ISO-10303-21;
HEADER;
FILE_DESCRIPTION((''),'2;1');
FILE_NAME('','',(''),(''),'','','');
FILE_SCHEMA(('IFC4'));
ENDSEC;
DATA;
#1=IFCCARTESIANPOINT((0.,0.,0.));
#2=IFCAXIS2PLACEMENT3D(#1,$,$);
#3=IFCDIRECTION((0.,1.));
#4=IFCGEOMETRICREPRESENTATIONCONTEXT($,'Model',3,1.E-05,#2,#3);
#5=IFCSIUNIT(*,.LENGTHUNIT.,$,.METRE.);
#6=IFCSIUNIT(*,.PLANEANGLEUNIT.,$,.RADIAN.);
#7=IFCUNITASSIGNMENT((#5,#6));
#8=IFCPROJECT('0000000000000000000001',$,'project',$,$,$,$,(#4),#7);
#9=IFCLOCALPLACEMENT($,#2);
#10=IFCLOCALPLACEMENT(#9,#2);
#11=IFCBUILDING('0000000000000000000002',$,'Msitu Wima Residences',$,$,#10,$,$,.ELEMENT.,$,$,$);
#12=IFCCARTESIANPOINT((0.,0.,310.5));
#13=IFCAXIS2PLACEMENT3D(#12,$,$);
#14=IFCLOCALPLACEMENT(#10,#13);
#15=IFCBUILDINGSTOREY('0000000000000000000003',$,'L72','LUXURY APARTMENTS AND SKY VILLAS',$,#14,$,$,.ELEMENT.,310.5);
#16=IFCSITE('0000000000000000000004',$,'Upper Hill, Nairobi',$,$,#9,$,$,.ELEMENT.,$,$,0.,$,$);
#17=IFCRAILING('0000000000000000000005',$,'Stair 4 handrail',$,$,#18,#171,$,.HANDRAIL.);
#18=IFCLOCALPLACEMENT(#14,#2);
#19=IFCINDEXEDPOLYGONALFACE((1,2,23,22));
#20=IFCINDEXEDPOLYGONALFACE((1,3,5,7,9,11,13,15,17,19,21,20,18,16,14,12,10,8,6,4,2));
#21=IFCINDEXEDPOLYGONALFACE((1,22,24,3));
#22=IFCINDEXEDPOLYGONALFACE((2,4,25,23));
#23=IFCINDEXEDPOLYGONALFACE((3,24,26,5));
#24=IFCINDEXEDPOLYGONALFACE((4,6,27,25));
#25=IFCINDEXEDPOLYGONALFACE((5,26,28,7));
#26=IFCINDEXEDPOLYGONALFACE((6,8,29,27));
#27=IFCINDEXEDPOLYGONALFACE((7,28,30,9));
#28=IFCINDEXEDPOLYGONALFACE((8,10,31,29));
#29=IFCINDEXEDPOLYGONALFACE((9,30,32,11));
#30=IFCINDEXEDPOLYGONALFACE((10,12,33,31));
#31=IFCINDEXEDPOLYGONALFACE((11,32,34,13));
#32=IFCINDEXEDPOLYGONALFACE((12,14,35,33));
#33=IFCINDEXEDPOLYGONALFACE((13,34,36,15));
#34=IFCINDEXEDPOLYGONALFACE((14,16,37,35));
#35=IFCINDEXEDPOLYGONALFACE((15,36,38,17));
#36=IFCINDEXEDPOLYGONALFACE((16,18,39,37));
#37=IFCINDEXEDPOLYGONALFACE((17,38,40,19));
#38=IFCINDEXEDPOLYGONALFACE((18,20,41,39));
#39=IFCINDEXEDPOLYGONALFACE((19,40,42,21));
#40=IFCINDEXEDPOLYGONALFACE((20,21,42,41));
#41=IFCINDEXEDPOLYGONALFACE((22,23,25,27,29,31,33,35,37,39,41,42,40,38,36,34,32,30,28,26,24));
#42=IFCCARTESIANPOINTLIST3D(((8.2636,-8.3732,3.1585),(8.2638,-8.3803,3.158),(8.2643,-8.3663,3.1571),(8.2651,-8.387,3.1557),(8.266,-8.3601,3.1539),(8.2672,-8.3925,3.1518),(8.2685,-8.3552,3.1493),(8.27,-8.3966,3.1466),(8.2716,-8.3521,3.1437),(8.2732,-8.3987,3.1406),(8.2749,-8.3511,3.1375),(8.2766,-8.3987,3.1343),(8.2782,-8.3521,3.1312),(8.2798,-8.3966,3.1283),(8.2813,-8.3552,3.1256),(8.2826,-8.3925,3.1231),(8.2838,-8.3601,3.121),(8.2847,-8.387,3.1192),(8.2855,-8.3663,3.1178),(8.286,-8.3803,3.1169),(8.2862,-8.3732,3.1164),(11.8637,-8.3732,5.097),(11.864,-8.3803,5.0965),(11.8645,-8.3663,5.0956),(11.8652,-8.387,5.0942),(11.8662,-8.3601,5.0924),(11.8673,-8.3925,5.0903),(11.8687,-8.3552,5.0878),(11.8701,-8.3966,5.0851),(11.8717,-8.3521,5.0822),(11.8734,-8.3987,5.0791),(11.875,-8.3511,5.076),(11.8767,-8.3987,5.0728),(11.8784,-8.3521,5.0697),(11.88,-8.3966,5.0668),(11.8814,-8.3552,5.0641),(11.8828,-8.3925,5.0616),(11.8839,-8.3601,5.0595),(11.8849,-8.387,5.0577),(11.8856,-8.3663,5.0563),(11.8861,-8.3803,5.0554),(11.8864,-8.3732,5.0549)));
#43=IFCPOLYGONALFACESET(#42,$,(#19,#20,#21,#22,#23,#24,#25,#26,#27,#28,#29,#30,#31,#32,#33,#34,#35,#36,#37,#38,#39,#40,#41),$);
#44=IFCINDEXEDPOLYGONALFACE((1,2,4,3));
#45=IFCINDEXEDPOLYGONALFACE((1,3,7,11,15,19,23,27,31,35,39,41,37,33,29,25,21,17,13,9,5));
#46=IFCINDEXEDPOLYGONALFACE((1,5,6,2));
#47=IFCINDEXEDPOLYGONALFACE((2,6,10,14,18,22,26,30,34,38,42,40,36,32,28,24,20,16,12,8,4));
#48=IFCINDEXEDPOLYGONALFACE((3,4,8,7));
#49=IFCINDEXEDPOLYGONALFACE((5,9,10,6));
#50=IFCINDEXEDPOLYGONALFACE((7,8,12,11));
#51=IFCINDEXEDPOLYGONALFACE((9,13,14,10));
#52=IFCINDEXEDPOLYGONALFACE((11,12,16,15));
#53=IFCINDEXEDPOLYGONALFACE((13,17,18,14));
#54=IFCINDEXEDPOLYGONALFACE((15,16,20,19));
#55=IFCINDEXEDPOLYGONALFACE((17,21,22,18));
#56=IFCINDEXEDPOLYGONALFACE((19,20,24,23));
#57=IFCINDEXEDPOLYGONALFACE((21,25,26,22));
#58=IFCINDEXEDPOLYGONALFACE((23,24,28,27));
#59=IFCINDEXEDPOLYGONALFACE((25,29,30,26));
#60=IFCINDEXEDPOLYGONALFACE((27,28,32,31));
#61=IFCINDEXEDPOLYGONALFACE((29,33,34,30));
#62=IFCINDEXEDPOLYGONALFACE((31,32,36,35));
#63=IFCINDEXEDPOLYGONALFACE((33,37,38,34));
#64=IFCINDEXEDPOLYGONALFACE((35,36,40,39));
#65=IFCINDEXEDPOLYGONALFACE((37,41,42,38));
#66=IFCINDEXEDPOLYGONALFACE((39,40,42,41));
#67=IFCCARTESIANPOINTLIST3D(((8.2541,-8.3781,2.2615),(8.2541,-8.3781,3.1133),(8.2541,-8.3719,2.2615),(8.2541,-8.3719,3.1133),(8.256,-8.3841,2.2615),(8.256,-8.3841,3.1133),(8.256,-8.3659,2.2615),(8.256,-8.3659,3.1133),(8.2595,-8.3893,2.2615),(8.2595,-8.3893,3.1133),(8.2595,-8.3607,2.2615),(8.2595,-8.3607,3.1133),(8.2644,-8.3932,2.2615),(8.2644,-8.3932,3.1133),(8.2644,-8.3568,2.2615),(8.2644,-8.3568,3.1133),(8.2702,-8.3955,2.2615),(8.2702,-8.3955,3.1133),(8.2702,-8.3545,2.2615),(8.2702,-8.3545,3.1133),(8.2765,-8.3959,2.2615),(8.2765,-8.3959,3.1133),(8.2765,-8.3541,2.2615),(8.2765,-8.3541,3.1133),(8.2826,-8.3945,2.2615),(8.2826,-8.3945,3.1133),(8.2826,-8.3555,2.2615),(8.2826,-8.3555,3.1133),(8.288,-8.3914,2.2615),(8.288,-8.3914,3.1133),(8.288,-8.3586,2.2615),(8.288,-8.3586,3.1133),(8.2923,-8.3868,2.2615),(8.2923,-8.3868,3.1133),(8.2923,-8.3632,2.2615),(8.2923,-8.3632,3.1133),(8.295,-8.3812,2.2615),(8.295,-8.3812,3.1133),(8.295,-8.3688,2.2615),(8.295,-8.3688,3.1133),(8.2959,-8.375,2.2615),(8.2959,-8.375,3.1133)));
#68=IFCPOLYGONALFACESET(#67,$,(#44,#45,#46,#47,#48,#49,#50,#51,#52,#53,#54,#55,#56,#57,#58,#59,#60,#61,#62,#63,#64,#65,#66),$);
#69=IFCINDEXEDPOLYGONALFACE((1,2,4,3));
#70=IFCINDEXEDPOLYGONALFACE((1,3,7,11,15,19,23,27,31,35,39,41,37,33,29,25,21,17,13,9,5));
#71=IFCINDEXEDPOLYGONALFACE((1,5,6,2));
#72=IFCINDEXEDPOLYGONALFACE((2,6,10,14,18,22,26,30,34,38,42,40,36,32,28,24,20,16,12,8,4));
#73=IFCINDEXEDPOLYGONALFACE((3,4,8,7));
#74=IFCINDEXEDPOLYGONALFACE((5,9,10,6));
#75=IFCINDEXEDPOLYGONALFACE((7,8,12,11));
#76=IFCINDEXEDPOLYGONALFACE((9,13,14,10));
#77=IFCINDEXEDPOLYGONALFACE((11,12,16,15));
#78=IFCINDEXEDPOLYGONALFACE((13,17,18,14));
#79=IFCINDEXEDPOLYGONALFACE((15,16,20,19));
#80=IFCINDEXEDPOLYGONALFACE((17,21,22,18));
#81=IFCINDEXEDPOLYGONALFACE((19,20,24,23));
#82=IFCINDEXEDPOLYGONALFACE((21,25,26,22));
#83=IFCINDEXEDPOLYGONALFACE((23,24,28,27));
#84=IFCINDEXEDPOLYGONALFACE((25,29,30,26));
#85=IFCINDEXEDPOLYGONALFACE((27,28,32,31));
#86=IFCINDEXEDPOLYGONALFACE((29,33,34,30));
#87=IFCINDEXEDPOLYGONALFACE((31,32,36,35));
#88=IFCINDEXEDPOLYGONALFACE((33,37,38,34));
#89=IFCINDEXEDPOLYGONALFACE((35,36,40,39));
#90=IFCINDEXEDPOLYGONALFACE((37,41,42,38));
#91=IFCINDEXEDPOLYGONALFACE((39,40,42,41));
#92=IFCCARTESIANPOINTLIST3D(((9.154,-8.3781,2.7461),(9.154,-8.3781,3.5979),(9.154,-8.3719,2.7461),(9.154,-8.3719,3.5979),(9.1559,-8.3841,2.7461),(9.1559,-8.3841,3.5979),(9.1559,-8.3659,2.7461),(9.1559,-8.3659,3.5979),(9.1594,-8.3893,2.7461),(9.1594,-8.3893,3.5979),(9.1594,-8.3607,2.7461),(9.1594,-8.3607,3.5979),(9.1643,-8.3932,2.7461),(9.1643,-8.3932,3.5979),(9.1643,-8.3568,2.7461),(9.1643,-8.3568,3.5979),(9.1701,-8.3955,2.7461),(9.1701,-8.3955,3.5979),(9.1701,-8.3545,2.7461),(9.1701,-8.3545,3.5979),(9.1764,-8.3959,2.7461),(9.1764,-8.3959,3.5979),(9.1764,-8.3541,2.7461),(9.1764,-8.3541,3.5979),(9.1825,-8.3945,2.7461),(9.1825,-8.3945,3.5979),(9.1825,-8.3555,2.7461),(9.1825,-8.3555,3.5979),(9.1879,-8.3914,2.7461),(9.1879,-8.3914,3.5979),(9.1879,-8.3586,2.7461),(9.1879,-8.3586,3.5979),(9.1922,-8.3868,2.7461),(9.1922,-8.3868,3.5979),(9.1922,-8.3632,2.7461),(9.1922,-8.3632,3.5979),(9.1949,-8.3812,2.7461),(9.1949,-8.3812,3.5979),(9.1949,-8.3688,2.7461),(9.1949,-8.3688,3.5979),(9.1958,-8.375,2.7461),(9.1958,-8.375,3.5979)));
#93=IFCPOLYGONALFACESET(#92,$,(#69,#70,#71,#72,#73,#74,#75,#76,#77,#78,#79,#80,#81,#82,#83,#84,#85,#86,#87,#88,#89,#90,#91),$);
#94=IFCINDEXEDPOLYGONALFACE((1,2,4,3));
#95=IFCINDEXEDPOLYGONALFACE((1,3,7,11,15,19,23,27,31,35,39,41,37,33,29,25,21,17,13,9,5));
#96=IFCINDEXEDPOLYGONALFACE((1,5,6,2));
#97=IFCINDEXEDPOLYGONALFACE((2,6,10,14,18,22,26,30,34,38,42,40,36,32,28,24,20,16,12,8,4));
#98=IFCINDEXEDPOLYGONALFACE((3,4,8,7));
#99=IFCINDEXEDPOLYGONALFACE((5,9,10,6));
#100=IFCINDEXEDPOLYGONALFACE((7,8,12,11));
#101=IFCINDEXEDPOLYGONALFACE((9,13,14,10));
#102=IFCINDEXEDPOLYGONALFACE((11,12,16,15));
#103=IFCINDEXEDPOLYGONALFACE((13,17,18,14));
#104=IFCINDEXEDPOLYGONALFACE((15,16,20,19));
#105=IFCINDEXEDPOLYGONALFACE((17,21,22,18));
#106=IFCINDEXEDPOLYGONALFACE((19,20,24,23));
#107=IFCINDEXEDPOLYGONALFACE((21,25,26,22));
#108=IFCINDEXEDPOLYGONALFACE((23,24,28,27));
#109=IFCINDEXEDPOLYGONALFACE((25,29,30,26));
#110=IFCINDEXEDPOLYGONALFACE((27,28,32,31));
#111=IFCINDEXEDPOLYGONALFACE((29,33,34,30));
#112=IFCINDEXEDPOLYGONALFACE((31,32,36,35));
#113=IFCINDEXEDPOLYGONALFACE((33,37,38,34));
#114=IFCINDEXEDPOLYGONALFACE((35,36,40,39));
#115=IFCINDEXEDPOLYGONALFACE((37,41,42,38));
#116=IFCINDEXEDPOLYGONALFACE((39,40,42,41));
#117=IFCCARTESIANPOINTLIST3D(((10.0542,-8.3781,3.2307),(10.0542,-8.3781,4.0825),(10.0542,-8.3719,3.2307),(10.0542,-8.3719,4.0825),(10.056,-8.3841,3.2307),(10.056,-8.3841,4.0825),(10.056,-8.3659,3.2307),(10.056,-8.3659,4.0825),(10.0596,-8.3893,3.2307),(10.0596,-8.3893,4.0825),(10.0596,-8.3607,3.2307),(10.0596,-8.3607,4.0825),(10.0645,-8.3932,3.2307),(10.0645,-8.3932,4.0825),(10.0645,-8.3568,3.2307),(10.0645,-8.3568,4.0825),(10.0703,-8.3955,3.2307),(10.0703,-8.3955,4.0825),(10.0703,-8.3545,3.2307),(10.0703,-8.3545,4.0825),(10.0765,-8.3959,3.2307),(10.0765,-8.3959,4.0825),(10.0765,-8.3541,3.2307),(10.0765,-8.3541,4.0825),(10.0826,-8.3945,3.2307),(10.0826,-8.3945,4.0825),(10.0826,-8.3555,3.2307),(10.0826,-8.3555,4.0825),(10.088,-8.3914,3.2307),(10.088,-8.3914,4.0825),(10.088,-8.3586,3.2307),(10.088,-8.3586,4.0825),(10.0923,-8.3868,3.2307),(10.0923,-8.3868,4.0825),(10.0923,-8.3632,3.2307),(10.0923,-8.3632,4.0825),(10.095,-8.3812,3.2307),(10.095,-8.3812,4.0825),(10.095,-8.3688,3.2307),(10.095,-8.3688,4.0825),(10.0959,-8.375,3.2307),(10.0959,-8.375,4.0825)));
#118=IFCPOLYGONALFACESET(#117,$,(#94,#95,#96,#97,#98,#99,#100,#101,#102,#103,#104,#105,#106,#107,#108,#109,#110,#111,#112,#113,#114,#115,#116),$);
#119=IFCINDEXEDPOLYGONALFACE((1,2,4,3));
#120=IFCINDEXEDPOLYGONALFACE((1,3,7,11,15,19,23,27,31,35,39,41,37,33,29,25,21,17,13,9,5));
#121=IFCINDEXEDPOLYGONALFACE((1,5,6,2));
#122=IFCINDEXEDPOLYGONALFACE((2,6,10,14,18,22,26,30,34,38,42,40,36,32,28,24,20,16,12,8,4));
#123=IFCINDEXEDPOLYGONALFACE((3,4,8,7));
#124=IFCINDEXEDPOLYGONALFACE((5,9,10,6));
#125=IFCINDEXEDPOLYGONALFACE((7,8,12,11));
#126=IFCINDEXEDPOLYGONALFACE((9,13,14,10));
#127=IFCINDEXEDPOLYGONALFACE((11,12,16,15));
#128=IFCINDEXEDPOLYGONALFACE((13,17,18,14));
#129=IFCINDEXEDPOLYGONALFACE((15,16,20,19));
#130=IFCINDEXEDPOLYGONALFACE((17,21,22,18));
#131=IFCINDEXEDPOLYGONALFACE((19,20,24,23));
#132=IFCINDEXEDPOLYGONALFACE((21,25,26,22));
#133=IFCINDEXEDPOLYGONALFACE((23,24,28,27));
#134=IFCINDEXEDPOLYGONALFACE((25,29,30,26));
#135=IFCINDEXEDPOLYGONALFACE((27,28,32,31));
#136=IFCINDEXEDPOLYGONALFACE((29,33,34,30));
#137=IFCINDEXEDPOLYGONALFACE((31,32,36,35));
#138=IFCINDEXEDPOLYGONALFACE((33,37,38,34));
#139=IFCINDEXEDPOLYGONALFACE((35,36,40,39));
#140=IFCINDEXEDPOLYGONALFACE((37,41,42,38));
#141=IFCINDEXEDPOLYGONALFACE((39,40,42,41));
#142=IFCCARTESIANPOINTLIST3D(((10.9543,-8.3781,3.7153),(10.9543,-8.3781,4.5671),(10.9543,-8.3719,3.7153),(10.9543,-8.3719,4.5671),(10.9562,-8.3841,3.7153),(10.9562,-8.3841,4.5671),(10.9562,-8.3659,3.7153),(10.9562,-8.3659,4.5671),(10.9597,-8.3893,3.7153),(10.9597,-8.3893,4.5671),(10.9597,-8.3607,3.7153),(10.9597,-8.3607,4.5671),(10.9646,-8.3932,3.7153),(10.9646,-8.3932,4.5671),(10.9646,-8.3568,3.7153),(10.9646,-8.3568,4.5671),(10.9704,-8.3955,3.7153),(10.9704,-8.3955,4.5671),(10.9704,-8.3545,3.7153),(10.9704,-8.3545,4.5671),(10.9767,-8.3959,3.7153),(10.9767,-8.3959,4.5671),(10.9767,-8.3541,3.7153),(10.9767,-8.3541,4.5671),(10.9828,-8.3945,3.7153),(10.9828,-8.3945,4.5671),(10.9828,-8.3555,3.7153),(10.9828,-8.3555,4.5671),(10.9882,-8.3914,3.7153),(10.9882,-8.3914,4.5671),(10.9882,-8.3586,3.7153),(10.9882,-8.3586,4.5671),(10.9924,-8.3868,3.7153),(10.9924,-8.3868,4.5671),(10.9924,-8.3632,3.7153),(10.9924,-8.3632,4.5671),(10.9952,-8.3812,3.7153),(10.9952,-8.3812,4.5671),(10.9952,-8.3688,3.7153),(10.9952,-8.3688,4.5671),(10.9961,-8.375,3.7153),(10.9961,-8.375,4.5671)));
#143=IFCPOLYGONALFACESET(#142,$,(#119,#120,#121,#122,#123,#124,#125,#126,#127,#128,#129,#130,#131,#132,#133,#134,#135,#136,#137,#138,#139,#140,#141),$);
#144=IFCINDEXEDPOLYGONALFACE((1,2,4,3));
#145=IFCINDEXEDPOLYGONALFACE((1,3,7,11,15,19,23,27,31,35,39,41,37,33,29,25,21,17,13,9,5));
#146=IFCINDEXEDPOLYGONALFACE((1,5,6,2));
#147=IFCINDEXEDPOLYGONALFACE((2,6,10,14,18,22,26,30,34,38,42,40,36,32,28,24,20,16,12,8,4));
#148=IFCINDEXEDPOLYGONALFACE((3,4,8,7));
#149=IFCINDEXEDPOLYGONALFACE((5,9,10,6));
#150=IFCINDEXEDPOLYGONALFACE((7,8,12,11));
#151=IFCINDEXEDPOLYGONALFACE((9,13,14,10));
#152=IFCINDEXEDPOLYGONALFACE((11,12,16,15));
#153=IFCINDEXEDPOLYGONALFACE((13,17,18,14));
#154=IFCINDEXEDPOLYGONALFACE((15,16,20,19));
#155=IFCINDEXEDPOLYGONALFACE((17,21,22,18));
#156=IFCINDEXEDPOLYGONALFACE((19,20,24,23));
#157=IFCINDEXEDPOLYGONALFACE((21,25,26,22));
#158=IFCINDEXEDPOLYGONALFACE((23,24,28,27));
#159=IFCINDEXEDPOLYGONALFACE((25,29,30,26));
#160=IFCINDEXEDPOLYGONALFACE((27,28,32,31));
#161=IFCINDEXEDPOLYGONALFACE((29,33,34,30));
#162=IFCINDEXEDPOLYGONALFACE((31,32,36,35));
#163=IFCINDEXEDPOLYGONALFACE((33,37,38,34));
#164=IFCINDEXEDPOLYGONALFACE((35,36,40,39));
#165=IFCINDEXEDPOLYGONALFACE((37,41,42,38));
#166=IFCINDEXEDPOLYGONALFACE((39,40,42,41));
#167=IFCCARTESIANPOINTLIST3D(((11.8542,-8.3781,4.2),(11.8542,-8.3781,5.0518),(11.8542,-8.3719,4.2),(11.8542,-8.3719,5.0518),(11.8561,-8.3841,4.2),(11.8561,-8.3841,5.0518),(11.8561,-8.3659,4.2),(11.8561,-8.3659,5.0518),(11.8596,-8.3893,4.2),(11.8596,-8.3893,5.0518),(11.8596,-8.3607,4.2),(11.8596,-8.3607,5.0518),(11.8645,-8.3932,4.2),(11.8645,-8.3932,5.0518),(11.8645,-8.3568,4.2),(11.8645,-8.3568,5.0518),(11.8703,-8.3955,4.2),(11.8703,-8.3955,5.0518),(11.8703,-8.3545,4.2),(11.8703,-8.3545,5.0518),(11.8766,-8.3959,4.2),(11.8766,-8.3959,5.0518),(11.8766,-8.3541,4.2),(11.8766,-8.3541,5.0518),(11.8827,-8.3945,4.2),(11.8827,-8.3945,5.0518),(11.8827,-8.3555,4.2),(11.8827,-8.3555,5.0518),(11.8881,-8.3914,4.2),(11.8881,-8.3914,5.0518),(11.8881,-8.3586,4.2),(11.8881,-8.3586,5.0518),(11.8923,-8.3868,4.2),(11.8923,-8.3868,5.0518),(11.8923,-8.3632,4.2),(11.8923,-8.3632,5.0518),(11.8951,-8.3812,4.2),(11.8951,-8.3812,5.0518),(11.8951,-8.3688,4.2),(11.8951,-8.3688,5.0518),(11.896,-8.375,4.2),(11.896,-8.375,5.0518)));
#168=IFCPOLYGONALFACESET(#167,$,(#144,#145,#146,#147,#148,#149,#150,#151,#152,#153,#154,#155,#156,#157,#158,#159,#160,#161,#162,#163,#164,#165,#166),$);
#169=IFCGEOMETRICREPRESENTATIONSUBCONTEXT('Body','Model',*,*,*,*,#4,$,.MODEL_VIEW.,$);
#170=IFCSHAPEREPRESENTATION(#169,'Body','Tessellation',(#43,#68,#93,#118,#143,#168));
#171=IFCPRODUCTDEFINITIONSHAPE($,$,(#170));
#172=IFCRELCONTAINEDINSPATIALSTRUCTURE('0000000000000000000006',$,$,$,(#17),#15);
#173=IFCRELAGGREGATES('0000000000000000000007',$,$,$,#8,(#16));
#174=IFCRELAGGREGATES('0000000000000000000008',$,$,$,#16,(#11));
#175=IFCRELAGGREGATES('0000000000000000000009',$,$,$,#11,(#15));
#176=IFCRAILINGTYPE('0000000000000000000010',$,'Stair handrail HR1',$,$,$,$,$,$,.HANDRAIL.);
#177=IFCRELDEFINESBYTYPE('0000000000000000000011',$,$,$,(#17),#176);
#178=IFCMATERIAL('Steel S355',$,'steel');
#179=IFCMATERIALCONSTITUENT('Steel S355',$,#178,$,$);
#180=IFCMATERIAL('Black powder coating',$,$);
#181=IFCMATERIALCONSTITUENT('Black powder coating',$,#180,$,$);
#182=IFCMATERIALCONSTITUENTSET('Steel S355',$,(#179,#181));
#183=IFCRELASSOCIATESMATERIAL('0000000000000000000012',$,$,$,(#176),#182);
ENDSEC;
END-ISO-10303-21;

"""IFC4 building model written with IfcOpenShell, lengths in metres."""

from ifc_helpers import new_model, si_unit, direction, frame, origin, origin_2d, place, context, subcontext, project, spatial, circle, extrude, material, constituent, constituent_set, type_object, element, save


model = new_model("IFC4")

# Units and contexts
model_context = context("Model", 3, precision=1e-05, world=origin(), true_north=direction((0.0, 1.0)))
body_context = subcontext(model_context, "Body", "Model", "MODEL_VIEW")
ifc_project = project(units=[si_unit("LENGTHUNIT", "METRE"), si_unit("PLANEANGLEUNIT", "RADIAN")], contexts=[model_context])

# Site, building, storey
site_placement = place(None, origin())
site = spatial("IfcSite", under=ifc_project, at=site_placement, Name="Upper Hill, Nairobi", CompositionType="ELEMENT", RefElevation=0.0)
building_placement = place(site_placement, origin())
building = spatial("IfcBuilding", under=site, at=building_placement, Name="Msitu Wima Residences", CompositionType="ELEMENT")
storey_placement = place(building_placement, frame((0.0, 0.0, 310.5)))
storey = spatial("IfcBuildingStorey", under=building, at=storey_placement, Name="L72", Description="LUXURY APARTMENTS AND SKY VILLAS", CompositionType="ELEMENT", Elevation=310.5)

# Railing
ifc_material_1 = material(Name="Steel S355", Category="steel")
ifc_constituent_1 = constituent(ifc_material_1, Name="Steel S355")
ifc_material_2 = material(Name="Black powder coating")
ifc_constituent_2 = constituent(ifc_material_2, Name="Black powder coating")
ifc_constituent_set = constituent_set(constituents=[ifc_constituent_1, ifc_constituent_2], Name="Steel S355")
railing_type = type_object("IfcRailingType", Name="Stair handrail HR1", PredefinedType="HANDRAIL", material=ifc_constituent_set)
for number, where, name in (
    (1, (8.2749, -8.375, 2.2615), "Stair 4 handrail"),
):
    element("IfcRailing", number, at=place(storey_placement, frame(where)), inside=storey, type_object=railing_type, Name=name, PredefinedType="HANDRAIL", context=body_context, shape_type="SweptSolid", body=[
        extrude(circle(Radius=0.0239, at=origin_2d()), frame((0.0, 0.0, 0.876), z_axis=(0.880475, 0.0, 0.474093), x_axis=(0.0, 1.0, 0.0)), (0.0, 0.0, 1.0), 4.0889),
        extrude(circle(Radius=0.021, at=origin_2d()), origin(), (0.0, 0.0, 1.0), 0.8518),
        extrude(circle(Radius=0.021, at=origin_2d()), frame((0.8999, 0.0, 0.4846)), (0.0, 0.0, 1.0), 0.8518),
        extrude(circle(Radius=0.021, at=origin_2d()), frame((1.8, 0.0, 0.9692)), (0.0, 0.0, 1.0), 0.8518),
        extrude(circle(Radius=0.021, at=origin_2d()), frame((2.7002, 0.0, 1.4539)), (0.0, 0.0, 1.0), 0.8518),
        extrude(circle(Radius=0.021, at=origin_2d()), frame((3.6001, 0.0, 1.9385)), (0.0, 0.0, 1.0), 0.8518),
    ])

save(model, "model.ifc")
